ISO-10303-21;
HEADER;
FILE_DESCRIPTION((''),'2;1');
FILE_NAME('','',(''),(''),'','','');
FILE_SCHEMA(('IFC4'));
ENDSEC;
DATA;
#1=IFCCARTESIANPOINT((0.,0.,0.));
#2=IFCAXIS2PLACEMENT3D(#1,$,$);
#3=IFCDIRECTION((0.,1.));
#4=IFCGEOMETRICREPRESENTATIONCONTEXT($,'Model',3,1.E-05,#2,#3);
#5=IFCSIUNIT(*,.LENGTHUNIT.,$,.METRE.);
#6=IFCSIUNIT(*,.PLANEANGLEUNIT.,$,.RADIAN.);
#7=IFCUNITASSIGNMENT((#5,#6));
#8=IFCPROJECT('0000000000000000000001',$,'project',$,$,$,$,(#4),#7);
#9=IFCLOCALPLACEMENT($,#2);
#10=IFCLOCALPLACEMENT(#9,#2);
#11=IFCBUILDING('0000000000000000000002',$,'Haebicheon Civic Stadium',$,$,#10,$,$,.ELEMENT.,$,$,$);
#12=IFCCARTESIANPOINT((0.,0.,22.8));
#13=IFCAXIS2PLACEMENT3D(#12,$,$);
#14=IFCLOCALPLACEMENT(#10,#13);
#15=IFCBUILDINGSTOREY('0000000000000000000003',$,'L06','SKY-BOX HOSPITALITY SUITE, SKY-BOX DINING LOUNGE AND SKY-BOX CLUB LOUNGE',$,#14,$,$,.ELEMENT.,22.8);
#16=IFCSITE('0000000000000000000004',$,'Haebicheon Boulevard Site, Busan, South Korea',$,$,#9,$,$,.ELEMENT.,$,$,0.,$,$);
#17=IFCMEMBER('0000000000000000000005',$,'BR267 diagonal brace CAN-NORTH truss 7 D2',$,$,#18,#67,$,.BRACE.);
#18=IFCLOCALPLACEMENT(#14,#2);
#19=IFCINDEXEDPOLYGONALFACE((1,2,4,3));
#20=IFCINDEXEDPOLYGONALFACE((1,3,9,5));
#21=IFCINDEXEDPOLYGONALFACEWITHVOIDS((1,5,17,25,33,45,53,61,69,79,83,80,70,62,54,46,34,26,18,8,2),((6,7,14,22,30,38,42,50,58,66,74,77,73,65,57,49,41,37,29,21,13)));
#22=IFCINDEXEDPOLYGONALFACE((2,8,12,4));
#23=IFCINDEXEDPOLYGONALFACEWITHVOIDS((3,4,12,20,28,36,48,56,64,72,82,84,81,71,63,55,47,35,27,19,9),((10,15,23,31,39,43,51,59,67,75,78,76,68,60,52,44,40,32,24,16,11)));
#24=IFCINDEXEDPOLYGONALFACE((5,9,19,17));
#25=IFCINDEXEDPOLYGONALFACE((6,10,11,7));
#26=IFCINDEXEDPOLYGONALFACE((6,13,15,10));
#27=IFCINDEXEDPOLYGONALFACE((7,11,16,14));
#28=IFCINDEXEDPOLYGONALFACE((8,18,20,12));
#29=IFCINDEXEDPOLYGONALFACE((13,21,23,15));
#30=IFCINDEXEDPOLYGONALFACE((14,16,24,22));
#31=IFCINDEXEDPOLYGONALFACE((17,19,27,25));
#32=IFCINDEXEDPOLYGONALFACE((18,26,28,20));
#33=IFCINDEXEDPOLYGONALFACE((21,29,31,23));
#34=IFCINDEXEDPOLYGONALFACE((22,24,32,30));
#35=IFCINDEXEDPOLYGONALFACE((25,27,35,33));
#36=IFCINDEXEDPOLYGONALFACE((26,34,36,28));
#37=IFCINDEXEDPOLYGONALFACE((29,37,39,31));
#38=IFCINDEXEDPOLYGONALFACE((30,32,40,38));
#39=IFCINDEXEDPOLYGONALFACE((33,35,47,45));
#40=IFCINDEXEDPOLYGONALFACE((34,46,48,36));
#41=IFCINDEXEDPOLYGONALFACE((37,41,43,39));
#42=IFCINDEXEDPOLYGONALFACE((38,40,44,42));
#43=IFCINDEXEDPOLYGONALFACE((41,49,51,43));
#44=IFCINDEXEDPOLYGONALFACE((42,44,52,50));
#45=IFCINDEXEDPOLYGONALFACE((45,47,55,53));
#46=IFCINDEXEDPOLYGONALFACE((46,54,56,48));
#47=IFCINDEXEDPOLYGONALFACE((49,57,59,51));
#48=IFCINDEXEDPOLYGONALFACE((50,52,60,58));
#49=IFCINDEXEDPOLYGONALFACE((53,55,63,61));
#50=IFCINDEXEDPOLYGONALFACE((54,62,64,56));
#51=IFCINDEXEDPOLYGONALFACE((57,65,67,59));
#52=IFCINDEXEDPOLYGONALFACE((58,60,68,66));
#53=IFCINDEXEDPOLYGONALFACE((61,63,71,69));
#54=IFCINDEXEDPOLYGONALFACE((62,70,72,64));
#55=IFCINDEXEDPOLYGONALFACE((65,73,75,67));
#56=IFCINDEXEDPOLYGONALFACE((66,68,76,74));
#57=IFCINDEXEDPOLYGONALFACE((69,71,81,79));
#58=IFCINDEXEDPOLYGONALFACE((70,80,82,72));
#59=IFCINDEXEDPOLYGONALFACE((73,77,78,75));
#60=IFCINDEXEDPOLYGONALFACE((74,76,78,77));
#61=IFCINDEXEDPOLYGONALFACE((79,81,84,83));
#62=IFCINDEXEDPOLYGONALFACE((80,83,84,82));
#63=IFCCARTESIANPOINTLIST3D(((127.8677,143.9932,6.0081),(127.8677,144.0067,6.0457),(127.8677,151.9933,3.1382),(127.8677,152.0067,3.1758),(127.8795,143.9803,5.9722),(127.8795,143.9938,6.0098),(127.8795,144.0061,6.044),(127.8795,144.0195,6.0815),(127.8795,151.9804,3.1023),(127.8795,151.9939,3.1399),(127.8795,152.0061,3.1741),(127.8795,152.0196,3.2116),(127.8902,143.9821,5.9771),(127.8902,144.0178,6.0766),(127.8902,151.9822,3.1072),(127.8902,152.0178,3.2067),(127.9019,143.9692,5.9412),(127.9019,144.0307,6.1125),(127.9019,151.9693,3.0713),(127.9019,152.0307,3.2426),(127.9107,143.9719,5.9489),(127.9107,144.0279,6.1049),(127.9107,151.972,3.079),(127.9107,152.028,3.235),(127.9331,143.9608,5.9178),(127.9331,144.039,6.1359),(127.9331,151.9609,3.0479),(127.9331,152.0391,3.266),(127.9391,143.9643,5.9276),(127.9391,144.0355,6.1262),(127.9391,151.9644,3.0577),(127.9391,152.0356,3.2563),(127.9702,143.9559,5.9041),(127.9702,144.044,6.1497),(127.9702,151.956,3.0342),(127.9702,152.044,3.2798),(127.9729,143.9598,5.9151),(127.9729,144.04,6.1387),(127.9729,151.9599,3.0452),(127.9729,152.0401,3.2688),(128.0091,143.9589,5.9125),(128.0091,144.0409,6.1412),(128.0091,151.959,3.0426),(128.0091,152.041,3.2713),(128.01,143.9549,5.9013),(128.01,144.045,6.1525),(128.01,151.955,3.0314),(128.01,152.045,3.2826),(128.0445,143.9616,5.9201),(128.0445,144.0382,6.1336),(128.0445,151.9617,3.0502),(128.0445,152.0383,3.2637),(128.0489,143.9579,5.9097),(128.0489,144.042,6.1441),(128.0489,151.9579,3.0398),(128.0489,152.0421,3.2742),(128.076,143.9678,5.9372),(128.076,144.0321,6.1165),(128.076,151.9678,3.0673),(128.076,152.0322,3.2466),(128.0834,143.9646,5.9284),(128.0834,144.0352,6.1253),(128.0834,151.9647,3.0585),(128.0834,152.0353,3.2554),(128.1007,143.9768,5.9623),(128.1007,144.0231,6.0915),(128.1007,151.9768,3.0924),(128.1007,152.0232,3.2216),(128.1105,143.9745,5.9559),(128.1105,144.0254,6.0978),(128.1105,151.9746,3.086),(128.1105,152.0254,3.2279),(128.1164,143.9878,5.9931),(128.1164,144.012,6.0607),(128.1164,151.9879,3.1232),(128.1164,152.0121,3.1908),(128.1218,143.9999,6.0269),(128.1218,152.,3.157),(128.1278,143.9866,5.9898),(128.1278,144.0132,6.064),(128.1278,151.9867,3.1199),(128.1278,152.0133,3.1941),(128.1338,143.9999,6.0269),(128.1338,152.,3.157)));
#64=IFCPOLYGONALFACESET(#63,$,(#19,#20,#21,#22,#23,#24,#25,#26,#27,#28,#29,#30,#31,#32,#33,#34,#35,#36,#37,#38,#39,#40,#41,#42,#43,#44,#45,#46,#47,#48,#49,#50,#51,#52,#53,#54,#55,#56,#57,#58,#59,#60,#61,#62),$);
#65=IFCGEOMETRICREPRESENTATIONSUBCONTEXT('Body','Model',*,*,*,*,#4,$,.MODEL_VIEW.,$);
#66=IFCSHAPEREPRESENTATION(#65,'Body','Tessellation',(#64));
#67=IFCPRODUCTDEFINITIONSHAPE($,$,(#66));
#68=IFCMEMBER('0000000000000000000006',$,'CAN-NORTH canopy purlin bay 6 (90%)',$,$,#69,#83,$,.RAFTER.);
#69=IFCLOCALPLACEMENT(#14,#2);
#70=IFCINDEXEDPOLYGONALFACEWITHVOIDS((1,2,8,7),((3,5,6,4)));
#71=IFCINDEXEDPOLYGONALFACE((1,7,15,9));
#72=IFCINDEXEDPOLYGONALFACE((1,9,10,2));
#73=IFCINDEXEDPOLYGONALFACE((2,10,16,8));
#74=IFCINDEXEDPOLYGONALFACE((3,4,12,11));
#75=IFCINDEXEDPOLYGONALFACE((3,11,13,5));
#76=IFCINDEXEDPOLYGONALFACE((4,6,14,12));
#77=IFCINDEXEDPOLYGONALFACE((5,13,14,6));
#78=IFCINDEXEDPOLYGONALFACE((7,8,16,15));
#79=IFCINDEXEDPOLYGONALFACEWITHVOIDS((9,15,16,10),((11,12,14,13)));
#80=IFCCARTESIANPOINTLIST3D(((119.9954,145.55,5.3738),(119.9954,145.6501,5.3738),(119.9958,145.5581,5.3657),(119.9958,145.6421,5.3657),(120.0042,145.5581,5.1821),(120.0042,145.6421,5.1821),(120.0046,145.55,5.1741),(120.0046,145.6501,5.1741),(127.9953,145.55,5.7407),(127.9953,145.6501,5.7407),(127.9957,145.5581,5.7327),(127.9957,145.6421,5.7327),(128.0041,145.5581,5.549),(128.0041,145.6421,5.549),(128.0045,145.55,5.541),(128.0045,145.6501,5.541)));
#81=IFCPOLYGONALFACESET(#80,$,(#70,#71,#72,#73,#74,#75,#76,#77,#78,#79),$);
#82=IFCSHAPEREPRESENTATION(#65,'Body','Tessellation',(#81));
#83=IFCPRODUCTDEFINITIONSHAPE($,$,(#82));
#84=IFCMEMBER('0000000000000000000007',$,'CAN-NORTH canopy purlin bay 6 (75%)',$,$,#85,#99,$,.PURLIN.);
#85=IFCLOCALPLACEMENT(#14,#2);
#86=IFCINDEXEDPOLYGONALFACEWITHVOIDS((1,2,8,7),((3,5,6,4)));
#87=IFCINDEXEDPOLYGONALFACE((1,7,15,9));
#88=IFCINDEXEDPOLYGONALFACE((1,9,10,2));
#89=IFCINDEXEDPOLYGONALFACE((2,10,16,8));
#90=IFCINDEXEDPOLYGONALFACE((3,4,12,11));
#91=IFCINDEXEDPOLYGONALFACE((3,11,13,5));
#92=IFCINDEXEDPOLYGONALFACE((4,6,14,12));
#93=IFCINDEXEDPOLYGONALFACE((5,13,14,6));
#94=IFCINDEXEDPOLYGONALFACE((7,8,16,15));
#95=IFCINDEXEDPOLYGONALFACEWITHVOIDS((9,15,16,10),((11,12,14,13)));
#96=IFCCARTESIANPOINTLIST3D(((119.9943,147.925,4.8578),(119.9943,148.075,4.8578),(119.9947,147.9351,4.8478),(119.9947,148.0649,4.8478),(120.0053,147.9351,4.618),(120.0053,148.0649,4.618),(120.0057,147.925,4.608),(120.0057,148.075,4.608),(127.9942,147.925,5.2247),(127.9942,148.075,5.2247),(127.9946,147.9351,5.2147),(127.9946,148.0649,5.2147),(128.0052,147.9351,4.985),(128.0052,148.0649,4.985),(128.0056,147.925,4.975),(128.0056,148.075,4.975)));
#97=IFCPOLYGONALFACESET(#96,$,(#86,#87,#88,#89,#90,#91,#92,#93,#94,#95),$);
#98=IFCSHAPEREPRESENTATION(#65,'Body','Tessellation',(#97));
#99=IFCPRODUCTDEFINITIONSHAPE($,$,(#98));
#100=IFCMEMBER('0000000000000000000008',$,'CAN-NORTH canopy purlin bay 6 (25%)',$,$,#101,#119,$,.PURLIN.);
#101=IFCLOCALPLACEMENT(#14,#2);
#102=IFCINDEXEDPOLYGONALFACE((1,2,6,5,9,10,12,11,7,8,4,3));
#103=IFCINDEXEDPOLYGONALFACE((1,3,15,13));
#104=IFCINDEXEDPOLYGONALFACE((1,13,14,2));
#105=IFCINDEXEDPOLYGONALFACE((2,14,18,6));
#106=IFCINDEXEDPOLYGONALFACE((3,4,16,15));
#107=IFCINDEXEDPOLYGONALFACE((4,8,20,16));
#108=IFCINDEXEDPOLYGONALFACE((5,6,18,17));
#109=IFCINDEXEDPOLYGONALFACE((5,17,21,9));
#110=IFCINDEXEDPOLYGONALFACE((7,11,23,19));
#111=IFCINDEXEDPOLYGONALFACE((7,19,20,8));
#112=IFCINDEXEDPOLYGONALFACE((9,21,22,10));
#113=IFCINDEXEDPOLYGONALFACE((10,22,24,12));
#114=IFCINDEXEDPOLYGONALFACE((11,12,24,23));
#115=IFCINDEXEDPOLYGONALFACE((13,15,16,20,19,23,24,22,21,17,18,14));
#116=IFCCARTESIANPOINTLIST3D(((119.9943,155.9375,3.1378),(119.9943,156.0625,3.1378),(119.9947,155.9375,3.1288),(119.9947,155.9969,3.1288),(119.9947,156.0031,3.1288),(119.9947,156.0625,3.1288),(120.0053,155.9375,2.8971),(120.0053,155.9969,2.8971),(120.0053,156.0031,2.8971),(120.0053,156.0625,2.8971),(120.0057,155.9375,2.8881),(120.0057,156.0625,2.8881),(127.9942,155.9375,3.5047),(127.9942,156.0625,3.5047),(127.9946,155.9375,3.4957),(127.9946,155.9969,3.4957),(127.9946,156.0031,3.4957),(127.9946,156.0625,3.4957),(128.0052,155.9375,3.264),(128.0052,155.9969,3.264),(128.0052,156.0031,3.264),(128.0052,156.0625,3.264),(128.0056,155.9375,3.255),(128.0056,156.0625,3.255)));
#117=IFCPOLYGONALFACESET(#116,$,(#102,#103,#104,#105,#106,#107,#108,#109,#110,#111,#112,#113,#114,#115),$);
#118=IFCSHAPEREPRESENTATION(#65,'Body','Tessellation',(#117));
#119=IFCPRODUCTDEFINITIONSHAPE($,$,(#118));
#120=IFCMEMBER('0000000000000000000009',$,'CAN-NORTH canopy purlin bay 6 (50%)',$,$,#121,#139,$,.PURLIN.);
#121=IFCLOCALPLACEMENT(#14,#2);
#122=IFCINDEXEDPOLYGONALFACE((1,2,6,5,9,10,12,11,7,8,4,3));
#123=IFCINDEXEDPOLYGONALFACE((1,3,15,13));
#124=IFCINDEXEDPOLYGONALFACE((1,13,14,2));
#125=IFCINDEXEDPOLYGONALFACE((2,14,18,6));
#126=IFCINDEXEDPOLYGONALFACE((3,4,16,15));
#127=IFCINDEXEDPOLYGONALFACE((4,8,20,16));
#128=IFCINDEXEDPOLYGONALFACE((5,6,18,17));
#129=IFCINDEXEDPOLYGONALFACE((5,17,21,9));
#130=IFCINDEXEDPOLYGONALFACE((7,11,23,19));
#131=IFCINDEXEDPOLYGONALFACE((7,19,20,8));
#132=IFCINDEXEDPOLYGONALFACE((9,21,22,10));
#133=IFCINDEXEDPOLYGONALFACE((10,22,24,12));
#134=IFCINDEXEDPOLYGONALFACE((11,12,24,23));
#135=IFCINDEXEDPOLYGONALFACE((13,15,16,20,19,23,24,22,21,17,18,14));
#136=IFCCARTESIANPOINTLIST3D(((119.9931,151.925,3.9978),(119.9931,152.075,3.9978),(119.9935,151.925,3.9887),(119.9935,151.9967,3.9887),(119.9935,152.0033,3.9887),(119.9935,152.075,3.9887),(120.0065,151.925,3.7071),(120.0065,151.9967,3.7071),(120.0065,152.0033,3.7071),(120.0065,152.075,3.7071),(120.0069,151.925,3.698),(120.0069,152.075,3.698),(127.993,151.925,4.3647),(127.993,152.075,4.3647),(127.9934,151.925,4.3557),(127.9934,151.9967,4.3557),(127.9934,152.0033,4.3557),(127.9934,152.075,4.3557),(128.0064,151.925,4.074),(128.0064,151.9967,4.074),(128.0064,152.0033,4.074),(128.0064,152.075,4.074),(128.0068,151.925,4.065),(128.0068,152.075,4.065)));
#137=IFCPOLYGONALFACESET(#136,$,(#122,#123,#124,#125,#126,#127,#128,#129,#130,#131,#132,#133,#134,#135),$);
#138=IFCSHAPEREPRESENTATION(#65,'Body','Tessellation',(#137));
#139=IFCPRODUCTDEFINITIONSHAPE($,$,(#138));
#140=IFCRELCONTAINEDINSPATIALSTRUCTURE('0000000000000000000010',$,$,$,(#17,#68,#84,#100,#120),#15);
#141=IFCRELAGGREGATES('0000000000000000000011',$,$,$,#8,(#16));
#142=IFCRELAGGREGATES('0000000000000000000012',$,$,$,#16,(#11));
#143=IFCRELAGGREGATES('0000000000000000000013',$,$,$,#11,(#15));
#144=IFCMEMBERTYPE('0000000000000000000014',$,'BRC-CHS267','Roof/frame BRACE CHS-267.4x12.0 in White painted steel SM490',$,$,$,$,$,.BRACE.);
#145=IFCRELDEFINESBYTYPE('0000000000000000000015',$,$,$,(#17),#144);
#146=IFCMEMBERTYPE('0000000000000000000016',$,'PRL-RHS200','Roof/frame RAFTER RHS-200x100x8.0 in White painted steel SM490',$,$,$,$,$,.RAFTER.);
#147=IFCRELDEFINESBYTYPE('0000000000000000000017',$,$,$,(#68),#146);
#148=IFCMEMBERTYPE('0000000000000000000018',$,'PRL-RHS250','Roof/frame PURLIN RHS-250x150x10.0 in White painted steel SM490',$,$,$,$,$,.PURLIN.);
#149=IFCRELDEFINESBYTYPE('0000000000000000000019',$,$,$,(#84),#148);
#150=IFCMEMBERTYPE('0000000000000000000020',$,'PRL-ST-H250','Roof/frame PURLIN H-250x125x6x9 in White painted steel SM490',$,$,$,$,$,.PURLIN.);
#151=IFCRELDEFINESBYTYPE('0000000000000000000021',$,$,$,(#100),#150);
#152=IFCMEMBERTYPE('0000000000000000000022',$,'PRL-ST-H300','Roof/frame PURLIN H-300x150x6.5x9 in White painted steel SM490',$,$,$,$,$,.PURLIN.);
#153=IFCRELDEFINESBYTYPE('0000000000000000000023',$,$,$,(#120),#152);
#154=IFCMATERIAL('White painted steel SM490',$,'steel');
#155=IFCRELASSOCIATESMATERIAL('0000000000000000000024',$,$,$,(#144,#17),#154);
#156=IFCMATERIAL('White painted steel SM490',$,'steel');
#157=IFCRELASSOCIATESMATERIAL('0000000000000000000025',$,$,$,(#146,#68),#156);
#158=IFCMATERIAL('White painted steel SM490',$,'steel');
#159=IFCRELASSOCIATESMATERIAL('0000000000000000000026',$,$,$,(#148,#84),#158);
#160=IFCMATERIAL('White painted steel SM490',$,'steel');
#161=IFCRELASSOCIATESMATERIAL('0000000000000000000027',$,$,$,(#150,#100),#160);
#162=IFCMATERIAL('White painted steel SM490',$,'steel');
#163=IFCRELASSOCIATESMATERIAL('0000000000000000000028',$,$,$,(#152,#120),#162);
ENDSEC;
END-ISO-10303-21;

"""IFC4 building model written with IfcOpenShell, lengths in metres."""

from ifc_helpers import new_model, si_unit, direction, frame, origin, origin_2d, place, context, subcontext, project, spatial, hollow_rectangle, hollow_circle, i_section, extrude, material, material_profile, profile_set, type_object, element, save


model = new_model("IFC4")

# Units and contexts
model_context = context("Model", 3, precision=1e-05, world=origin(), true_north=direction((0.0, 1.0)))
body_context = subcontext(model_context, "Body", "Model", "MODEL_VIEW")
ifc_project = project(units=[si_unit("LENGTHUNIT", "METRE"), si_unit("PLANEANGLEUNIT", "RADIAN")], contexts=[model_context])

# Site, building, storey
site_placement = place(None, origin())
site = spatial("IfcSite", under=ifc_project, at=site_placement, Name="Haebicheon Boulevard Site, Busan, South Korea", CompositionType="ELEMENT", RefElevation=0.0)
building_placement = place(site_placement, origin())
building = spatial("IfcBuilding", under=site, at=building_placement, Name="Haebicheon Civic Stadium", CompositionType="ELEMENT")
storey_placement = place(building_placement, frame((0.0, 0.0, 22.8)))
storey = spatial("IfcBuildingStorey", under=building, at=storey_placement, Name="L06", Description="SKY-BOX HOSPITALITY SUITE, SKY-BOX DINING LOUNGE AND SKY-BOX CLUB LOUNGE", CompositionType="ELEMENT", Elevation=22.8)

# Members
ifc_material_1 = material(Name="White painted steel SM490", Category="steel")
ifc_material_profile_1 = material_profile(ifc_material_1, hollow_circle(Radius=0.1338, WallThickness=0.012, at=origin_2d()), Name="CHS-267.4x12.0")
ifc_profile_set_1 = profile_set([ifc_material_profile_1], Name="White painted steel SM490")
member_type_1 = type_object("IfcMemberType", Name="BRC-CHS267", Description="Roof/frame BRACE CHS-267.4x12.0 in White painted steel SM490", PredefinedType="BRACE", material=ifc_profile_set_1)
member_1_placement = place(storey_placement, frame((128.0, 152.0, 3.157), z_axis=(0.0, -0.941267, 0.337664), x_axis=(1.0, 0.0, 0.0)))
element("IfcMember", 1, at=member_1_placement, inside=storey, type_object=member_type_1, material=ifc_profile_set_1, Name="BR267 diagonal brace CAN-NORTH truss 7 D2", PredefinedType="BRACE", context=body_context, shape_type="SweptSolid", body=[
    extrude(hollow_circle(Radius=0.1338, WallThickness=0.012, at=origin_2d()), origin(), (0.0, 0.0, 1.0), 8.4993),
])
ifc_material_2 = material(Name="White painted steel SM490", Category="steel")
ifc_material_profile_2 = material_profile(ifc_material_2, hollow_rectangle(XDim=0.1001, YDim=0.2, WallThickness=0.0081, at=origin_2d()), Name="RHS-200x100x8.0")
ifc_profile_set_2 = profile_set([ifc_material_profile_2], Name="White painted steel SM490")
member_type_2 = type_object("IfcMemberType", Name="PRL-RHS200", Description="Roof/frame RAFTER RHS-200x100x8.0 in White painted steel SM490", PredefinedType="RAFTER", material=ifc_profile_set_2)
member_2_placement = place(storey_placement, frame((120.0, 145.6001, 5.2739), z_axis=(0.99895, 0.0, 0.04582), x_axis=(0.0, 1.0, 0.0)))
element("IfcMember", 2, at=member_2_placement, inside=storey, type_object=member_type_2, material=ifc_profile_set_2, Name="CAN-NORTH canopy purlin bay 6 (90%)", PredefinedType="RAFTER", context=body_context, shape_type="SweptSolid", body=[
    extrude(hollow_rectangle(XDim=0.1001, YDim=0.2, WallThickness=0.0081, at=origin_2d()), origin(), (0.0, 0.0, 1.0), 8.0083),
])
ifc_material_3 = material(Name="White painted steel SM490", Category="steel")
ifc_material_profile_3 = material_profile(ifc_material_3, hollow_rectangle(XDim=0.1499, YDim=0.25, WallThickness=0.01, at=origin_2d()), Name="RHS-250x150x10.0")
ifc_profile_set_3 = profile_set([ifc_material_profile_3], Name="White painted steel SM490")
member_type_3 = type_object("IfcMemberType", Name="PRL-RHS250", Description="Roof/frame PURLIN RHS-250x150x10.0 in White painted steel SM490", PredefinedType="PURLIN", material=ifc_profile_set_3)
member_3_placement = place(storey_placement, frame((120.0, 148.0, 4.7329), z_axis=(0.99895, 0.0, 0.04582), x_axis=(0.0, 1.0, 0.0)))
element("IfcMember", 3, at=member_3_placement, inside=storey, type_object=member_type_3, material=ifc_profile_set_3, Name="CAN-NORTH canopy purlin bay 6 (75%)", PredefinedType="PURLIN", context=body_context, shape_type="SweptSolid", body=[
    extrude(hollow_rectangle(XDim=0.1499, YDim=0.25, WallThickness=0.01, at=origin_2d()), origin(), (0.0, 0.0, 1.0), 8.0083),
])
ifc_material_4 = material(Name="White painted steel SM490", Category="steel")
ifc_material_profile_4 = material_profile(ifc_material_4, i_section(OverallWidth=0.125, OverallDepth=0.25, WebThickness=0.0061, FlangeThickness=0.009, at=origin_2d()), Name="H-250x125x6x9")
ifc_profile_set_4 = profile_set([ifc_material_profile_4], Name="White painted steel SM490")
member_type_4 = type_object("IfcMemberType", Name="PRL-ST-H250", Description="Roof/frame PURLIN H-250x125x6x9 in White painted steel SM490", PredefinedType="PURLIN", material=ifc_profile_set_4)
member_4_placement = place(storey_placement, frame((120.0, 156.0, 3.0129), z_axis=(0.99895, 0.0, 0.04582), x_axis=(0.0, 1.0, 0.0)))
element("IfcMember", 4, at=member_4_placement, inside=storey, type_object=member_type_4, material=ifc_profile_set_4, Name="CAN-NORTH canopy purlin bay 6 (25%)", PredefinedType="PURLIN", context=body_context, shape_type="SweptSolid", body=[
    extrude(i_section(OverallWidth=0.125, OverallDepth=0.25, WebThickness=0.0061, FlangeThickness=0.009, at=origin_2d()), origin(), (0.0, 0.0, 1.0), 8.0083),
])
ifc_material_5 = material(Name="White painted steel SM490", Category="steel")
ifc_material_profile_5 = material_profile(ifc_material_5, i_section(OverallWidth=0.1499, OverallDepth=0.3, WebThickness=0.0066, FlangeThickness=0.009, at=origin_2d()), Name="H-300x150x6.5x9")
ifc_profile_set_5 = profile_set([ifc_material_profile_5], Name="White painted steel SM490")
member_type_5 = type_object("IfcMemberType", Name="PRL-ST-H300", Description="Roof/frame PURLIN H-300x150x6.5x9 in White painted steel SM490", PredefinedType="PURLIN", material=ifc_profile_set_5)
member_5_placement = place(storey_placement, frame((120.0, 152.0, 3.8479), z_axis=(0.99895, 0.0, 0.04582), x_axis=(0.0, 1.0, 0.0)))
element("IfcMember", 5, at=member_5_placement, inside=storey, type_object=member_type_5, material=ifc_profile_set_5, Name="CAN-NORTH canopy purlin bay 6 (50%)", PredefinedType="PURLIN", context=body_context, shape_type="SweptSolid", body=[
    extrude(i_section(OverallWidth=0.1499, OverallDepth=0.3, WebThickness=0.0066, FlangeThickness=0.009, at=origin_2d()), origin(), (0.0, 0.0, 1.0), 8.0083),
])

save(model, "model.ifc")
